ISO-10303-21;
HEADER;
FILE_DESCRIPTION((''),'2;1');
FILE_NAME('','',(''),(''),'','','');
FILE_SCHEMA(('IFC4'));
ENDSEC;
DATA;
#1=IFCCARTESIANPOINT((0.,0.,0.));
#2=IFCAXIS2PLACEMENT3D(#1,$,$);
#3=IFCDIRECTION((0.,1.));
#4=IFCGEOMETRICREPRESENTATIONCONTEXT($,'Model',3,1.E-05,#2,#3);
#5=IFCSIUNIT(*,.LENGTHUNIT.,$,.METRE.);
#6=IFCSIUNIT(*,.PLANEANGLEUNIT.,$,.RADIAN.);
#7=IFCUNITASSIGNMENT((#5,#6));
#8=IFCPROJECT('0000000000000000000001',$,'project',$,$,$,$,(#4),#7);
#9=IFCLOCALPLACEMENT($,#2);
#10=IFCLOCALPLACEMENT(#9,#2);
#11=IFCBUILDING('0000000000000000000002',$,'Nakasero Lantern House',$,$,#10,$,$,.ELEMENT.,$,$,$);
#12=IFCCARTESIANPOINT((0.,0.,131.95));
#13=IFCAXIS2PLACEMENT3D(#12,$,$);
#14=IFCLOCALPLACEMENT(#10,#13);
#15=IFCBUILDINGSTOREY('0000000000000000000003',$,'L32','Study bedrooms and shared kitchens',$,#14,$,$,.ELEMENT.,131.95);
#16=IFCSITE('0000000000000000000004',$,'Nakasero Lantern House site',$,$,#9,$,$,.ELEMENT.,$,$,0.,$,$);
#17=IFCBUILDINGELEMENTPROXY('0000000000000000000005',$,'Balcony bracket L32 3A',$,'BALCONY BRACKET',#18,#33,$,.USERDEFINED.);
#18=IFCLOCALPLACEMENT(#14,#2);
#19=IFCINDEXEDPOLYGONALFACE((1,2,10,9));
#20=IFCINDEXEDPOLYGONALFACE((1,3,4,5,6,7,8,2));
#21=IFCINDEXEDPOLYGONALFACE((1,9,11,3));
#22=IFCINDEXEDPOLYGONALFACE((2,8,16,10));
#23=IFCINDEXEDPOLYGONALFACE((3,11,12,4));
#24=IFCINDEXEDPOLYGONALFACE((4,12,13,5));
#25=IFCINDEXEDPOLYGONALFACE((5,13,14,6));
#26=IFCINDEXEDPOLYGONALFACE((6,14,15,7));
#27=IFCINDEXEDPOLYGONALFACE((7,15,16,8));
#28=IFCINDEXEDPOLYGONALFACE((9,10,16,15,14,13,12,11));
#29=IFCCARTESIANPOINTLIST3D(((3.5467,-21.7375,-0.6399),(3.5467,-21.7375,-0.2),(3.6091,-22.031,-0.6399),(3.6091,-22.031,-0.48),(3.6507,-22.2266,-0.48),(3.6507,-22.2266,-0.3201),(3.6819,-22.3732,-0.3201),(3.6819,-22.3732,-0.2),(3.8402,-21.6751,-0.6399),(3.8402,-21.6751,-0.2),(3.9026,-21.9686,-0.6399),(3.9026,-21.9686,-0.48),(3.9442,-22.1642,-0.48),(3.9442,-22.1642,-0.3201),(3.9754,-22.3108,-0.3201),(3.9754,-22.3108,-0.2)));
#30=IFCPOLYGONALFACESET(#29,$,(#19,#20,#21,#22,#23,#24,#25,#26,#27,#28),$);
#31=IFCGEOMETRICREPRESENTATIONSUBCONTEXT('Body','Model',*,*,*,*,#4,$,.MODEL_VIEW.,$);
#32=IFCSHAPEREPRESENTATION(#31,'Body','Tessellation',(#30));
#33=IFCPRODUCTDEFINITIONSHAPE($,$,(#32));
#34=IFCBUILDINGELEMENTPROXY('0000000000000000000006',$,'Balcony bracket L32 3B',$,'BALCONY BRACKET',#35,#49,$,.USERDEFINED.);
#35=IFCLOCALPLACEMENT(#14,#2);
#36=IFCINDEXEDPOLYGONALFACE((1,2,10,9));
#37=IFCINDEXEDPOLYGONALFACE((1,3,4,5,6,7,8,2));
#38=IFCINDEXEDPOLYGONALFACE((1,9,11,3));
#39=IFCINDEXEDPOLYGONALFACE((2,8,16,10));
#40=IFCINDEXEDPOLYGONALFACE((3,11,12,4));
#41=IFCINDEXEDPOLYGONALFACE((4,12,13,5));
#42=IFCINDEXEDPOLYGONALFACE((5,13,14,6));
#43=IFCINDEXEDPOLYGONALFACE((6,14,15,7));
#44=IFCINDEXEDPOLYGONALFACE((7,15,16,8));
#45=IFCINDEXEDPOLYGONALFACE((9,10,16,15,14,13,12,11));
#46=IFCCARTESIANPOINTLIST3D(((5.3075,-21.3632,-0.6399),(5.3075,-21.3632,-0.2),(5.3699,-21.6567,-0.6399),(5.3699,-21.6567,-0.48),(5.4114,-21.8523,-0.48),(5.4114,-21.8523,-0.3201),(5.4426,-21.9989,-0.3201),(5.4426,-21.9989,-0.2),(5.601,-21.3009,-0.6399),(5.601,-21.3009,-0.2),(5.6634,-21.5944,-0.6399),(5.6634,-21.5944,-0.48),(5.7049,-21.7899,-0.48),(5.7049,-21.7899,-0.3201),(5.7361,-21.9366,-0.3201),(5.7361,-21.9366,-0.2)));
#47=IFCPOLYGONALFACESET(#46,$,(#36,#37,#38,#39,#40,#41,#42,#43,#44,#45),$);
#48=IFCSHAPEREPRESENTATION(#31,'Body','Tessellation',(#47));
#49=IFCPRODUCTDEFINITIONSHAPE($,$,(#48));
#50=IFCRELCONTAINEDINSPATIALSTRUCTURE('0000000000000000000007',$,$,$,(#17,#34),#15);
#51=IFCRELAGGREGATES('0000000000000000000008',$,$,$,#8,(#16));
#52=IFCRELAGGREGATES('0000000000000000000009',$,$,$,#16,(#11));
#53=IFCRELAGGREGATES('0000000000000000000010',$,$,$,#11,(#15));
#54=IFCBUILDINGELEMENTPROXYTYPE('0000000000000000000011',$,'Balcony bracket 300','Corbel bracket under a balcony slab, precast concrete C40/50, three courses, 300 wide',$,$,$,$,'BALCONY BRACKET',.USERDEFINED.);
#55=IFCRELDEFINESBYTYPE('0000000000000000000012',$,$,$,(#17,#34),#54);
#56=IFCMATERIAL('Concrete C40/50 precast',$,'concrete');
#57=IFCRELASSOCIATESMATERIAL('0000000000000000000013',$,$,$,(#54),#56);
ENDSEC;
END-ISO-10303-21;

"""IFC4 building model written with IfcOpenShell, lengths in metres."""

from ifc_helpers import new_model, si_unit, direction, frame, origin, place, context, subcontext, project, spatial, polyline, outline, extrude, material, type_object, element, save


model = new_model("IFC4")

# Units and contexts
model_context = context("Model", 3, precision=1e-05, world=origin(), true_north=direction((0.0, 1.0)))
body_context = subcontext(model_context, "Body", "Model", "MODEL_VIEW")
ifc_project = project(units=[si_unit("LENGTHUNIT", "METRE"), si_unit("PLANEANGLEUNIT", "RADIAN")], contexts=[model_context])

# Site, building, storey
site_placement = place(None, origin())
site = spatial("IfcSite", under=ifc_project, at=site_placement, Name="Nakasero Lantern House site", CompositionType="ELEMENT", RefElevation=0.0)
building_placement = place(site_placement, origin())
building = spatial("IfcBuilding", under=site, at=building_placement, Name="Nakasero Lantern House", CompositionType="ELEMENT")
storey_placement = place(building_placement, frame((0.0, 0.0, 131.95)))
storey = spatial("IfcBuildingStorey", under=building, at=storey_placement, Name="L32", Description="Study bedrooms and shared kitchens", CompositionType="ELEMENT", Elevation=131.95)

# Building element proxies
ifc_material_1 = material(Name="Concrete C40/50 precast", Category="concrete")
building_element_proxy_type = type_object("IfcBuildingElementProxyType", Name="Balcony bracket 300", Description="Corbel bracket under a balcony slab, precast concrete C40/50, three courses, 300 wide", ElementType="BALCONY BRACKET", PredefinedType="USERDEFINED", material=ifc_material_1)
for number, where, z_axis, x_axis, name in (
    (1, (3.6936, -21.7063, -0.2), (0.0, 0.0, 1.0), (0.207912, -0.978148, 0.0), "Balcony bracket L32 3A"),
    (2, (5.4543, -21.332, -0.2), (0.0, 0.0, 1.0), (0.207912, -0.978148, 0.0), "Balcony bracket L32 3B"),
):
    element("IfcBuildingElementProxy", number, at=place(storey_placement, frame(where, z_axis=z_axis, x_axis=x_axis)), inside=storey, type_object=building_element_proxy_type, Name=name, ObjectType="BALCONY BRACKET", PredefinedType="USERDEFINED", context=body_context, shape_type="SweptSolid", body=[
        extrude(outline(polyline([(0.0, 0.0), (0.6499, 0.0), (0.6499, -0.1201), (0.5, -0.1201), (0.5, -0.28), (0.3, -0.28), (0.3, -0.4399), (0.0, -0.4399), (0.0, 0.0)])), frame((0.0, 0.1499, 0.0), z_axis=(0.0, -1.0, 0.0), x_axis=(1.0, 0.0, 0.0)), (0.0, 0.0, 1.0), 0.3),
    ])

save(model, "model.ifc")
